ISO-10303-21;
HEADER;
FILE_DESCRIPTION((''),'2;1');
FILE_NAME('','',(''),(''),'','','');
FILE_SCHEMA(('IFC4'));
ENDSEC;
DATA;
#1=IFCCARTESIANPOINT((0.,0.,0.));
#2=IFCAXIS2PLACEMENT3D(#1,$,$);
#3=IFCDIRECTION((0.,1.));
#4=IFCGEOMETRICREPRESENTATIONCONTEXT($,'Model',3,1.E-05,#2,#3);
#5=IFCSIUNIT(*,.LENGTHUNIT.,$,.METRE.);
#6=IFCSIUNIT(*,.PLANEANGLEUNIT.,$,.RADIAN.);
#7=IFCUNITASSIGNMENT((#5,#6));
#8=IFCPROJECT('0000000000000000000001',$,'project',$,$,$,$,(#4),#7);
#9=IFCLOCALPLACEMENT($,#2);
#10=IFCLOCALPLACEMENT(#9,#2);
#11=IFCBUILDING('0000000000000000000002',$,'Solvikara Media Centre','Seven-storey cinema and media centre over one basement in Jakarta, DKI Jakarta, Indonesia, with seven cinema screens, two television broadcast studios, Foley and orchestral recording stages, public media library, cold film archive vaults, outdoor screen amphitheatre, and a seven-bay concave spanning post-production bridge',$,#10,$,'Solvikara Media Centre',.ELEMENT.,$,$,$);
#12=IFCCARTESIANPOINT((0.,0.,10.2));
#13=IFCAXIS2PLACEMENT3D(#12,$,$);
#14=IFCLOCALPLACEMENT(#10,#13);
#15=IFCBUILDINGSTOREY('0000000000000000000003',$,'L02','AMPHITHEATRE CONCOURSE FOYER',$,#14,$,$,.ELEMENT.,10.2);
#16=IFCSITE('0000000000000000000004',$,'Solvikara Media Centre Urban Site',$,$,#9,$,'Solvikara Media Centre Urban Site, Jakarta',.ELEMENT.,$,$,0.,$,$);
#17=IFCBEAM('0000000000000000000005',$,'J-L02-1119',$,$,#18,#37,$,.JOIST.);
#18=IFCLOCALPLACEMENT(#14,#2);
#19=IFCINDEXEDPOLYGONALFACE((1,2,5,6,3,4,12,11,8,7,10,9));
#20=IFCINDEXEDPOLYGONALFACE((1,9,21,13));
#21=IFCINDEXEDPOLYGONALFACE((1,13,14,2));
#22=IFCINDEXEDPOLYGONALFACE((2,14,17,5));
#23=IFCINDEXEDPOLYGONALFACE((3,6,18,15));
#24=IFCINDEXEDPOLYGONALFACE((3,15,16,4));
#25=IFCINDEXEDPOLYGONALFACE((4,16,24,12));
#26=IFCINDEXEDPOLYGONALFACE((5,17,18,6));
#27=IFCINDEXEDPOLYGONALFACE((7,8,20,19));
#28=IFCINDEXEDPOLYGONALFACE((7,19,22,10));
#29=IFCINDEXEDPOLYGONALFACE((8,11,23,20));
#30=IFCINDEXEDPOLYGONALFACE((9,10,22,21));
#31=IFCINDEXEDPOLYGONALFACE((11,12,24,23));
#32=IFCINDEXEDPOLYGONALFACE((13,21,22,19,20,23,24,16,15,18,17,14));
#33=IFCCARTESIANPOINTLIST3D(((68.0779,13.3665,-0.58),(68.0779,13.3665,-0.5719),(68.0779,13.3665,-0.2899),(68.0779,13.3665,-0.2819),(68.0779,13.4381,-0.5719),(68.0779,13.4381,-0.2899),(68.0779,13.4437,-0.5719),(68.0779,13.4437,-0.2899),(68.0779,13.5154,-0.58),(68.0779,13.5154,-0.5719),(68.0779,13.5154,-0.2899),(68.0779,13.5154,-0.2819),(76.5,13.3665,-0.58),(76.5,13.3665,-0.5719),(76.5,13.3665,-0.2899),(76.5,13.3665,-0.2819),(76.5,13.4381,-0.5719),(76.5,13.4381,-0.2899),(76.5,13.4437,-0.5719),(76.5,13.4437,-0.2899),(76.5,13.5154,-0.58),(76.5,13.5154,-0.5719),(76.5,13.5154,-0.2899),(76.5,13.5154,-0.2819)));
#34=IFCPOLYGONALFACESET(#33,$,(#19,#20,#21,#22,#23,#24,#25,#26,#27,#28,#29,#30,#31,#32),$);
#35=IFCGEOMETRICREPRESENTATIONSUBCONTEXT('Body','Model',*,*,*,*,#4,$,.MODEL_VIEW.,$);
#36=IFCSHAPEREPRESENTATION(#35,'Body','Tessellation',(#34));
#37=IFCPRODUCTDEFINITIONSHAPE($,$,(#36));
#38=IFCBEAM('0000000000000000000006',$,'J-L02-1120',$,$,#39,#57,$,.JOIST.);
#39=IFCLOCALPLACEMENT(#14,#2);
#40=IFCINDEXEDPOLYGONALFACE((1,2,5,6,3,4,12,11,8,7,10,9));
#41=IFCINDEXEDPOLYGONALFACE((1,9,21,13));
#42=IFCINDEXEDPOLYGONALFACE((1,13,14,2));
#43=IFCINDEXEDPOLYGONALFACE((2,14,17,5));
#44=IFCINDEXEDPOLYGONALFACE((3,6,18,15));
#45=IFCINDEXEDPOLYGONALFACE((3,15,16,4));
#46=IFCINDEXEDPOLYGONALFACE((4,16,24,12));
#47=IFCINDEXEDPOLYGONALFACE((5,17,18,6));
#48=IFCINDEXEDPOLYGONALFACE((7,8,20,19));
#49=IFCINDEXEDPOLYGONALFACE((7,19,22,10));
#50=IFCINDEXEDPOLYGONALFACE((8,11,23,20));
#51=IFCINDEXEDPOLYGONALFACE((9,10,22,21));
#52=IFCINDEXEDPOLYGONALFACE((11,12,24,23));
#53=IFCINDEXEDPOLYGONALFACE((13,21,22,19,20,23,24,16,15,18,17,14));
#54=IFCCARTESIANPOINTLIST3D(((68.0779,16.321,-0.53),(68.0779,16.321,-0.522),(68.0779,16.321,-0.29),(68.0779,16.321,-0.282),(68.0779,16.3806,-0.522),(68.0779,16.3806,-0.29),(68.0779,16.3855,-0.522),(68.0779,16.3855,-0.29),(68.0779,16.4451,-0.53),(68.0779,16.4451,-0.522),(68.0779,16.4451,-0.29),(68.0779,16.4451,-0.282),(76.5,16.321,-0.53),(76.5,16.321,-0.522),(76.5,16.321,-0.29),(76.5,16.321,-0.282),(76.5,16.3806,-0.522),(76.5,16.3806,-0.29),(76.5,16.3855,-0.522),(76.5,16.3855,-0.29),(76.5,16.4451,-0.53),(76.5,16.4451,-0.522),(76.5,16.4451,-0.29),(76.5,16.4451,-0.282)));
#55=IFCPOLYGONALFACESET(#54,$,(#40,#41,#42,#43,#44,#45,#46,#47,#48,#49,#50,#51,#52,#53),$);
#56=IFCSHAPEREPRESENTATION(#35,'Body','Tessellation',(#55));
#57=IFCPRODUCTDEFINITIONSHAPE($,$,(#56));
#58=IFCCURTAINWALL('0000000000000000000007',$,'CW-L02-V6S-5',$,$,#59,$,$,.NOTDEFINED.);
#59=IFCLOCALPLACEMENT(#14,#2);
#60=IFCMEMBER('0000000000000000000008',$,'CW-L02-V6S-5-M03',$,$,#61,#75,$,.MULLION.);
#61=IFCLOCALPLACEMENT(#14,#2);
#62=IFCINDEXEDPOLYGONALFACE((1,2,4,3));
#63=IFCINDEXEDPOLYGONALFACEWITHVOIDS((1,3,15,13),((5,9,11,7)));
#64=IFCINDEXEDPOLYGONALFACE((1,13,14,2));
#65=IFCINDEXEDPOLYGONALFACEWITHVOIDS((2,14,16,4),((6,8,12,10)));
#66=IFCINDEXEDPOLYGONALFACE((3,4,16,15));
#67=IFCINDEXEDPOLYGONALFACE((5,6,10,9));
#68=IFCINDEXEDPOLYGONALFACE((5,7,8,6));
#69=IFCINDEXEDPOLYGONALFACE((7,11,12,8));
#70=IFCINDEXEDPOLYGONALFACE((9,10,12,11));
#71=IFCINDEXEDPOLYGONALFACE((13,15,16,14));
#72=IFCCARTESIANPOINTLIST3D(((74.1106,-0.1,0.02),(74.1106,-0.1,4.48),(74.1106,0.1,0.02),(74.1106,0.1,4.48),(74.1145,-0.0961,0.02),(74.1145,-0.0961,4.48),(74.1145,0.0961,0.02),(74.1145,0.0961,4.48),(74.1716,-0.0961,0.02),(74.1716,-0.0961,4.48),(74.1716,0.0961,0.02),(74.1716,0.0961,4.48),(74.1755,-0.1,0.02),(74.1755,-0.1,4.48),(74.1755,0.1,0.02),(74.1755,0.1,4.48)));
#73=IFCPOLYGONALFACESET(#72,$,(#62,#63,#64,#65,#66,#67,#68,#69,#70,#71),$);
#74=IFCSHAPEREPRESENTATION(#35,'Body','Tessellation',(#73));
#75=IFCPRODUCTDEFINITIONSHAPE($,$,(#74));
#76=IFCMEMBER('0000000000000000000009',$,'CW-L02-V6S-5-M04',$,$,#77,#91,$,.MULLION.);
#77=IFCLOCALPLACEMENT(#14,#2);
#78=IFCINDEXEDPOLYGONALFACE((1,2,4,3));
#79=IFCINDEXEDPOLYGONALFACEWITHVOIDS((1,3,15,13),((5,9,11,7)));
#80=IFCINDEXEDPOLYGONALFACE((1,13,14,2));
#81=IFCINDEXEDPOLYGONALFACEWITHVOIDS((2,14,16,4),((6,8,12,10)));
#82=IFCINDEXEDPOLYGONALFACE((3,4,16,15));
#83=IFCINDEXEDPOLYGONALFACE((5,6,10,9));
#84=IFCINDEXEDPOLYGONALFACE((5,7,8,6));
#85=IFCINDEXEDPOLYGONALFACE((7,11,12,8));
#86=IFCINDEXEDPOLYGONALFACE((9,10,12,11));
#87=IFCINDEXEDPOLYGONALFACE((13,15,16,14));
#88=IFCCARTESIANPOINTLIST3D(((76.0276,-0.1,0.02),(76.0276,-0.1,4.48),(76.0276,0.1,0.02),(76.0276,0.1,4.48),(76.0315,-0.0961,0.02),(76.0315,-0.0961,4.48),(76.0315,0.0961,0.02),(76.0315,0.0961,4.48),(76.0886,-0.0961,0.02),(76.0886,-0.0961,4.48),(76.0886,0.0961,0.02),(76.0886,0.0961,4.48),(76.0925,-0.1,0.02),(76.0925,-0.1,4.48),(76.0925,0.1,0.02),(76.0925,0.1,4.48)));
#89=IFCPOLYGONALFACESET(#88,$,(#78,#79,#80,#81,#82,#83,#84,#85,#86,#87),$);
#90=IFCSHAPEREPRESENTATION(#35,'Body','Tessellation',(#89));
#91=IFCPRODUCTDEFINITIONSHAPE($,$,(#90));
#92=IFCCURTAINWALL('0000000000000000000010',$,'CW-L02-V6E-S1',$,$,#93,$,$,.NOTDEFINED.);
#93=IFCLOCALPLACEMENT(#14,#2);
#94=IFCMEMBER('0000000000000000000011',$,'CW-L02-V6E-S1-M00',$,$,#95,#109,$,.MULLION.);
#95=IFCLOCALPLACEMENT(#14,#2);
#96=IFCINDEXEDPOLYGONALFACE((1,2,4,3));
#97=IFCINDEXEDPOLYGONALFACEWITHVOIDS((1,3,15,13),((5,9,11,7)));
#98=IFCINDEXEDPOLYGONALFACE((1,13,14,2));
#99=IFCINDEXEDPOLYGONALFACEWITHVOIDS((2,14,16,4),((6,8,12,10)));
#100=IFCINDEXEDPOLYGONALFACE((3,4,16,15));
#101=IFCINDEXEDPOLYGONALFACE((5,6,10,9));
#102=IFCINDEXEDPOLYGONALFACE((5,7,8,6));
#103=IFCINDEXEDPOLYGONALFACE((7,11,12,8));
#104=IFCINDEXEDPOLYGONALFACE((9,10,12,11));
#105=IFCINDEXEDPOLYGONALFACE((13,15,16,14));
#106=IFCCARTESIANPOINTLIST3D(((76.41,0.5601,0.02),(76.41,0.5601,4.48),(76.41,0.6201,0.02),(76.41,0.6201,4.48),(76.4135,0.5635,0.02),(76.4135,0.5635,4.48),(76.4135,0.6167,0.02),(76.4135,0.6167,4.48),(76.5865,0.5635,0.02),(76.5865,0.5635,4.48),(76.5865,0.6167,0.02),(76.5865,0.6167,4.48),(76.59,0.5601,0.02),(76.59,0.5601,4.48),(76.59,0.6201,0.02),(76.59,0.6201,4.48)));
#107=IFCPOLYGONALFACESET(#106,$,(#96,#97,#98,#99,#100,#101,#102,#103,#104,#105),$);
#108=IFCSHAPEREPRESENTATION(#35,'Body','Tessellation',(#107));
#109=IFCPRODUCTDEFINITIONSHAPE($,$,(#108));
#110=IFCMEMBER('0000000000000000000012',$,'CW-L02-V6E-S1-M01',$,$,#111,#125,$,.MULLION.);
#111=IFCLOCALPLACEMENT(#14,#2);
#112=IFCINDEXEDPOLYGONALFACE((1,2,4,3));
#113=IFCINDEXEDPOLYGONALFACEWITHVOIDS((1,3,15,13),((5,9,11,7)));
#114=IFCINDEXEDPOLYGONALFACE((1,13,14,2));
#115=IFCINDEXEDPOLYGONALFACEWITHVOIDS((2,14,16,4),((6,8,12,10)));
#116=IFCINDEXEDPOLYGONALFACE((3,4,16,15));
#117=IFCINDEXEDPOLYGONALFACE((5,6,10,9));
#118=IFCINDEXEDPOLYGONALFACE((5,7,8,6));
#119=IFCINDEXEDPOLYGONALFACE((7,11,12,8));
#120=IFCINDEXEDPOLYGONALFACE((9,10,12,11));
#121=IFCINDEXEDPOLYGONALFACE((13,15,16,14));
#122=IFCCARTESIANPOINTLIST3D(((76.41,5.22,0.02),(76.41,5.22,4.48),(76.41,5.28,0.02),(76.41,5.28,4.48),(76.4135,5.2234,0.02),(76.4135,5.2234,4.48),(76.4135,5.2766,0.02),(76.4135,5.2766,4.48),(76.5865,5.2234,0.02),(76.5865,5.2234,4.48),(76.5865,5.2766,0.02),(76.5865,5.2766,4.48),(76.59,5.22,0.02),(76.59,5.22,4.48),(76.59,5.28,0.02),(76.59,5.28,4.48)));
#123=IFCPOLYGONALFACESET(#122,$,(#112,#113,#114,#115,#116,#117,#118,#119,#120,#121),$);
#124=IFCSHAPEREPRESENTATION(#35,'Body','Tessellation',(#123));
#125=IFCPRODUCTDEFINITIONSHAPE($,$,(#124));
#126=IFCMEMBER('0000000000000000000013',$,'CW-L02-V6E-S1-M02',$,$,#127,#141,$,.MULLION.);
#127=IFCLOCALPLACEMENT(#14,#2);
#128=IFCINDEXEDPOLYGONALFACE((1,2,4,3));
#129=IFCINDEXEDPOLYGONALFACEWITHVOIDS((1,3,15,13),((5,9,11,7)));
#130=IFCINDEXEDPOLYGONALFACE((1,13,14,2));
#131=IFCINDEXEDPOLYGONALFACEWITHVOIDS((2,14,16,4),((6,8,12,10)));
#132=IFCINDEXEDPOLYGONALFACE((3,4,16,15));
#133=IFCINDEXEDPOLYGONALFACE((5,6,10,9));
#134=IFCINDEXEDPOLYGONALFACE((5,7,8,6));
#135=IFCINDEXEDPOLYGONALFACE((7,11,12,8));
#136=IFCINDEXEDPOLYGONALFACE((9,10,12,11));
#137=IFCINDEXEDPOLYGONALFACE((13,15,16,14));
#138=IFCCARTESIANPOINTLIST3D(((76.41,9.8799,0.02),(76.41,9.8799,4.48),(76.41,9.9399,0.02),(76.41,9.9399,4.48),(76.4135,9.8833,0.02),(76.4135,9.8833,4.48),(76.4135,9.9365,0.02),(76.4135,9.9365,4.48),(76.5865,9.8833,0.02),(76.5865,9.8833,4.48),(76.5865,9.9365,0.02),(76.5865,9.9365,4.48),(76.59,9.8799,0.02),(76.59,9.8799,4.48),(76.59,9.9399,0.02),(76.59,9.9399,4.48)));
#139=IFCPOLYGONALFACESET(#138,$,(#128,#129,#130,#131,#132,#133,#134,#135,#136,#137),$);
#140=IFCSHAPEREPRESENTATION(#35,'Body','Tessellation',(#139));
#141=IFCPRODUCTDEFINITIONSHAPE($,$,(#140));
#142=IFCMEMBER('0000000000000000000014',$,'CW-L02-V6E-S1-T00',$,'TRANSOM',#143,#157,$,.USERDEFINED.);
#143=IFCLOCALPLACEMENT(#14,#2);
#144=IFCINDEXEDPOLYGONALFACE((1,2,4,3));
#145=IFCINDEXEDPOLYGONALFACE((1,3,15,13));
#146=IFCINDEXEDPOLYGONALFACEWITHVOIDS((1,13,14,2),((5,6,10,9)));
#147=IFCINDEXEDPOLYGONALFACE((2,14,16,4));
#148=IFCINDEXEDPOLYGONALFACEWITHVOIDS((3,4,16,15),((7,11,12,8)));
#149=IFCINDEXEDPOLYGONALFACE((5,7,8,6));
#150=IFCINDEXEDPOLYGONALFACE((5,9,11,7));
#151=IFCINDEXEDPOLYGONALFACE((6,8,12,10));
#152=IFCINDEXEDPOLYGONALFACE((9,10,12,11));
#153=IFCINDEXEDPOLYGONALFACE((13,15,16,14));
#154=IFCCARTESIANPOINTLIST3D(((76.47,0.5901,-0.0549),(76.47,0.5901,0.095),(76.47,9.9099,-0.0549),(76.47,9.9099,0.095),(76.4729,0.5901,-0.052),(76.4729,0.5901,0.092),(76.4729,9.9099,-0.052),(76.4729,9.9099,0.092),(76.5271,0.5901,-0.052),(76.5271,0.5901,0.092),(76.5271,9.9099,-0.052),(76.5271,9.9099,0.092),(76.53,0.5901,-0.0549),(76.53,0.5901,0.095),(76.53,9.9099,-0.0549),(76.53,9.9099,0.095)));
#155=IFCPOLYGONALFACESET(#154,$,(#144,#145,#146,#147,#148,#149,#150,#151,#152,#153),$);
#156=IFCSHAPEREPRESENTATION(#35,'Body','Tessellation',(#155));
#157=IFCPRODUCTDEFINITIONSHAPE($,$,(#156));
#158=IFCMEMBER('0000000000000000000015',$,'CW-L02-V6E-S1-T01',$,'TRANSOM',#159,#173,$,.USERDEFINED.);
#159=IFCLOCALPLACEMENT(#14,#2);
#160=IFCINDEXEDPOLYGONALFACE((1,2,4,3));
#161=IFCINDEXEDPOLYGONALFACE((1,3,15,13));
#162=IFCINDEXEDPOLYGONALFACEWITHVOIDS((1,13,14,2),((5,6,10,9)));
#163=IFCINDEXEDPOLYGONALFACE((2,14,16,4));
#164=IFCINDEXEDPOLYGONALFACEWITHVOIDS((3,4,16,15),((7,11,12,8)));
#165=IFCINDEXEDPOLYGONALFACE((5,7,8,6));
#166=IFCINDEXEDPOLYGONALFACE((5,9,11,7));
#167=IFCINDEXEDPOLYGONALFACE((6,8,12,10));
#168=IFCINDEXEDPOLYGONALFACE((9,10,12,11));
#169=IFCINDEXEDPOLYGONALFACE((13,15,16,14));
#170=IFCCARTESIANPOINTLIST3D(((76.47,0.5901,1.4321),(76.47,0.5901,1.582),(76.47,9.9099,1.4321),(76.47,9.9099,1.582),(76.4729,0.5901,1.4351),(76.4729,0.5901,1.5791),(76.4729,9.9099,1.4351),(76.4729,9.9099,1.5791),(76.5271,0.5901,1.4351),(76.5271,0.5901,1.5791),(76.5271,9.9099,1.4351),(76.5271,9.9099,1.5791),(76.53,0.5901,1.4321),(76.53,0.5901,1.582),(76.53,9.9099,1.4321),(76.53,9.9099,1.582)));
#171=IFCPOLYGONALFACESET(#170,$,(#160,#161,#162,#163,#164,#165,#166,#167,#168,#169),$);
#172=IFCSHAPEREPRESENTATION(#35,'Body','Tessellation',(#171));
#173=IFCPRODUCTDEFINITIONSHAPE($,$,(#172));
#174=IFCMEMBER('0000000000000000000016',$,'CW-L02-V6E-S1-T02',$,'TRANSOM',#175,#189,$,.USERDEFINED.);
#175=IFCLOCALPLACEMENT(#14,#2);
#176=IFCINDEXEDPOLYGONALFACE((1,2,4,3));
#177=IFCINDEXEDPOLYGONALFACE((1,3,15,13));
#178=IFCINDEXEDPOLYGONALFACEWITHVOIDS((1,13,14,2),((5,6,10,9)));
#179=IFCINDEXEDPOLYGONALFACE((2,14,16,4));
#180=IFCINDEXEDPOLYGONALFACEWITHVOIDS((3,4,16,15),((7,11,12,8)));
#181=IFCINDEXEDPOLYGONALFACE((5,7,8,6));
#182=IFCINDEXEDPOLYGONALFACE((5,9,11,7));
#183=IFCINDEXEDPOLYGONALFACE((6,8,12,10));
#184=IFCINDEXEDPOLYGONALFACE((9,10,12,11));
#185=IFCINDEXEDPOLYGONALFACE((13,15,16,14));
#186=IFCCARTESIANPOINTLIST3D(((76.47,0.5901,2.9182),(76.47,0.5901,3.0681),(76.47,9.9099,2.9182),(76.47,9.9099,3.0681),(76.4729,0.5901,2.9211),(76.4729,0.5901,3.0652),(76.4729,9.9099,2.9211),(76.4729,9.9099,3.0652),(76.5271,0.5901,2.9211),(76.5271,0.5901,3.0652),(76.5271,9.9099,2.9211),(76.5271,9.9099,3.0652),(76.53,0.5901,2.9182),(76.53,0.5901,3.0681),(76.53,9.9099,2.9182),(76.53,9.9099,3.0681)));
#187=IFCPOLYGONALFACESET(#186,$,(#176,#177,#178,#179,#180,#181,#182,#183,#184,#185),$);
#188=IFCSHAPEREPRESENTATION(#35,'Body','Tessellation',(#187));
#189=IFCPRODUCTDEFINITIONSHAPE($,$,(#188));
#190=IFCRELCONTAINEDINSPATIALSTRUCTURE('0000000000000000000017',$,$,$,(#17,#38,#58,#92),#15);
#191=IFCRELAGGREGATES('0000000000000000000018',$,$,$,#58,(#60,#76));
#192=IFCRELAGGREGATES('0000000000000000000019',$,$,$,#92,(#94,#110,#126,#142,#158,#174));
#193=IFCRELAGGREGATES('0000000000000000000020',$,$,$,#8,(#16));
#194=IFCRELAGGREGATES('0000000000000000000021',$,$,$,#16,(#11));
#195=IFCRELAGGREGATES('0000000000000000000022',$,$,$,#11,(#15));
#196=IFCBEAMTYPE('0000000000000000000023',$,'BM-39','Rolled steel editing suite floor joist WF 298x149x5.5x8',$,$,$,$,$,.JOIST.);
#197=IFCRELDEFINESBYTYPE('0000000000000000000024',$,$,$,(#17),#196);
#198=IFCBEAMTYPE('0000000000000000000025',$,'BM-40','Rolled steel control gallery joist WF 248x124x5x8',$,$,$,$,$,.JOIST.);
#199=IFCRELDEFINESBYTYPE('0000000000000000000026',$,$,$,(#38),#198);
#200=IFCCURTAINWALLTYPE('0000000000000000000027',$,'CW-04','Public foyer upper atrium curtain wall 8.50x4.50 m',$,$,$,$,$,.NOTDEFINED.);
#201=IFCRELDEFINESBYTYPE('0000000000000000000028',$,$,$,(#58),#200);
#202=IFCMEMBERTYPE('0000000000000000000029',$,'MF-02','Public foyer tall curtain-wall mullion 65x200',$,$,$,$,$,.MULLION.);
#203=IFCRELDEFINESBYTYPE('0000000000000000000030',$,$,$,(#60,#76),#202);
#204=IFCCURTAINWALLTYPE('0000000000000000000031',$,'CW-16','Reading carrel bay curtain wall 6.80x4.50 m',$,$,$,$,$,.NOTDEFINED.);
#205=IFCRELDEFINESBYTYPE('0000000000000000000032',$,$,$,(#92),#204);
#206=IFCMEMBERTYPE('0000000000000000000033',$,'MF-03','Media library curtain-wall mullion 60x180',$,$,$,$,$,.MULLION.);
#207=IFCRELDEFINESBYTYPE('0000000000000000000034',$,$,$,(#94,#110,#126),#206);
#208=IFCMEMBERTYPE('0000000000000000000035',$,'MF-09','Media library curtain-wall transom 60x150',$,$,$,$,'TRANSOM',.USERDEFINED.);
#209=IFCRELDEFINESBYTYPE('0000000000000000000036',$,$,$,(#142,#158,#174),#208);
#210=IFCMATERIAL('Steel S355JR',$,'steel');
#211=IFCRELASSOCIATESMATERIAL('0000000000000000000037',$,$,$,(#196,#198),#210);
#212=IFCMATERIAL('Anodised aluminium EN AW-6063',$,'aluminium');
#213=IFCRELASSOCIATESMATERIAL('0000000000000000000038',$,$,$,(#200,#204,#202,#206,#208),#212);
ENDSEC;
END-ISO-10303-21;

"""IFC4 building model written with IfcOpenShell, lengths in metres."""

from ifc_helpers import new_model, si_unit, direction, frame, origin, origin_2d, place, context, subcontext, project, spatial, hollow_rectangle, i_section, extrude, material, material_profile, profile_set, type_object, element, aggregate, save


model = new_model("IFC4")

# Units and contexts
model_context = context("Model", 3, precision=1e-05, world=origin(), true_north=direction((0.0, 1.0)))
body_context = subcontext(model_context, "Body", "Model", "MODEL_VIEW")
ifc_project = project(units=[si_unit("LENGTHUNIT", "METRE"), si_unit("PLANEANGLEUNIT", "RADIAN")], contexts=[model_context])

# Site, building, storey
site_placement = place(None, origin())
site = spatial("IfcSite", under=ifc_project, at=site_placement, Name="Solvikara Media Centre Urban Site", LongName="Solvikara Media Centre Urban Site, Jakarta", CompositionType="ELEMENT", RefElevation=0.0)
building_placement = place(site_placement, origin())
building = spatial("IfcBuilding", under=site, at=building_placement, Name="Solvikara Media Centre", Description="Seven-storey cinema and media centre over one basement in Jakarta, DKI Jakarta, Indonesia, with seven cinema screens, two television broadcast studios, Foley and orchestral recording stages, public media library, cold film archive vaults, outdoor screen amphitheatre, and a seven-bay concave spanning post-production bridge", LongName="Solvikara Media Centre", CompositionType="ELEMENT")
storey_placement = place(building_placement, frame((0.0, 0.0, 10.2)))
storey = spatial("IfcBuildingStorey", under=building, at=storey_placement, Name="L02", Description="AMPHITHEATRE CONCOURSE FOYER", CompositionType="ELEMENT", Elevation=10.2)

# Beams
ifc_material_1 = material(Name="Steel S355JR", Category="steel")
ifc_material_profile_1 = material_profile(ifc_material_1, i_section(OverallWidth=0.1489, OverallDepth=0.2981, WebThickness=0.0056, FlangeThickness=0.0081, at=origin_2d()), Name="WF 298x149x5.5x8")
ifc_profile_set_1 = profile_set([ifc_material_profile_1], Name="Steel S355JR")
beam_type_1 = type_object("IfcBeamType", Name="BM-39", Description="Rolled steel editing suite floor joist WF 298x149x5.5x8", PredefinedType="JOIST", material=ifc_profile_set_1)
beam_1_placement = place(storey_placement, frame((68.0779, 13.4409, -0.4309), z_axis=(1.0, 0.0, 0.0), x_axis=(0.0, 1.0, 0.0)))
element("IfcBeam", 1, at=beam_1_placement, inside=storey, type_object=beam_type_1, Name="J-L02-1119", PredefinedType="JOIST", context=body_context, shape_type="SweptSolid", body=[
    extrude(i_section(OverallWidth=0.1489, OverallDepth=0.2981, WebThickness=0.0056, FlangeThickness=0.0081, at=origin_2d()), origin(), (0.0, 0.0, 1.0), 8.4221),
])
ifc_material_profile_2 = material_profile(ifc_material_1, i_section(OverallWidth=0.124, OverallDepth=0.248, WebThickness=0.0049, FlangeThickness=0.0081, at=origin_2d()), Name="WF 248x124x5x8")
ifc_profile_set_2 = profile_set([ifc_material_profile_2], Name="Steel S355JR")
beam_type_2 = type_object("IfcBeamType", Name="BM-40", Description="Rolled steel control gallery joist WF 248x124x5x8", PredefinedType="JOIST", material=ifc_profile_set_2)
beam_2_placement = place(storey_placement, frame((68.0779, 16.3831, -0.406), z_axis=(1.0, 0.0, 0.0), x_axis=(0.0, 1.0, 0.0)))
element("IfcBeam", 2, at=beam_2_placement, inside=storey, type_object=beam_type_2, Name="J-L02-1120", PredefinedType="JOIST", context=body_context, shape_type="SweptSolid", body=[
    extrude(i_section(OverallWidth=0.124, OverallDepth=0.248, WebThickness=0.0049, FlangeThickness=0.0081, at=origin_2d()), origin(), (0.0, 0.0, 1.0), 8.4221),
])

# Curtain walls, members
ifc_material_2 = material(Name="Anodised aluminium EN AW-6063", Category="aluminium")
curtain_wall_type_1 = type_object("IfcCurtainWallType", Name="CW-04", Description="Public foyer upper atrium curtain wall 8.50x4.50 m", PredefinedType="NOTDEFINED", material=ifc_material_2)
curtain_wall_1_placement = place(storey_placement, origin())
curtain_wall_1 = element("IfcCurtainWall", 3, at=curtain_wall_1_placement, inside=storey, type_object=curtain_wall_type_1, Name="CW-L02-V6S-5", PredefinedType="NOTDEFINED")
ifc_material_profile_3 = material_profile(ifc_material_2, hollow_rectangle(XDim=0.0649, YDim=0.2, WallThickness=0.0039, at=origin_2d()), Name="ALU-M 65x200x4")
ifc_profile_set_3 = profile_set([ifc_material_profile_3], Name="Anodised aluminium EN AW-6063")
member_type_1 = type_object("IfcMemberType", Name="MF-02", Description="Public foyer tall curtain-wall mullion 65x200", PredefinedType="MULLION", material=ifc_profile_set_3)
member_1_placement = place(storey_placement, frame((74.1431, 0.0, 0.02), z_axis=(0.0, 0.0, 1.0), x_axis=(1.0, 0.0, 0.0)))
member_1 = element("IfcMember", 4, at=member_1_placement, type_object=member_type_1, Name="CW-L02-V6S-5-M03", PredefinedType="MULLION", context=body_context, shape_type="SweptSolid", body=[
    extrude(hollow_rectangle(XDim=0.0649, YDim=0.2, WallThickness=0.0039, at=origin_2d()), origin(), (0.0, 0.0, 1.0), 4.46),
])
member_2_placement = place(storey_placement, frame((76.0601, 0.0, 0.02), z_axis=(0.0, 0.0, 1.0), x_axis=(1.0, 0.0, 0.0)))
member_2 = element("IfcMember", 5, at=member_2_placement, type_object=member_type_1, Name="CW-L02-V6S-5-M04", PredefinedType="MULLION", context=body_context, shape_type="SweptSolid", body=[
    extrude(hollow_rectangle(XDim=0.0649, YDim=0.2, WallThickness=0.0039, at=origin_2d()), origin(), (0.0, 0.0, 1.0), 4.46),
])
curtain_wall_type_2 = type_object("IfcCurtainWallType", Name="CW-16", Description="Reading carrel bay curtain wall 6.80x4.50 m", PredefinedType="NOTDEFINED", material=ifc_material_2)
curtain_wall_2_placement = place(storey_placement, origin())
curtain_wall_2 = element("IfcCurtainWall", 6, at=curtain_wall_2_placement, inside=storey, type_object=curtain_wall_type_2, Name="CW-L02-V6E-S1", PredefinedType="NOTDEFINED")
ifc_material_profile_4 = material_profile(ifc_material_2, hollow_rectangle(XDim=0.0601, YDim=0.1799, WallThickness=0.0034, at=origin_2d()), Name="ALU-M 60x180x3.5")
ifc_profile_set_4 = profile_set([ifc_material_profile_4], Name="Anodised aluminium EN AW-6063")
member_type_2 = type_object("IfcMemberType", Name="MF-03", Description="Media library curtain-wall mullion 60x180", PredefinedType="MULLION", material=ifc_profile_set_4)
member_3_placement = place(storey_placement, frame((76.5, 0.5901, 0.02), z_axis=(0.0, 0.0, 1.0), x_axis=(0.0, 1.0, 0.0)))
member_3 = element("IfcMember", 7, at=member_3_placement, type_object=member_type_2, Name="CW-L02-V6E-S1-M00", PredefinedType="MULLION", context=body_context, shape_type="SweptSolid", body=[
    extrude(hollow_rectangle(XDim=0.0601, YDim=0.1799, WallThickness=0.0034, at=origin_2d()), origin(), (0.0, 0.0, 1.0), 4.46),
])
member_4_placement = place(storey_placement, frame((76.5, 5.25, 0.02), z_axis=(0.0, 0.0, 1.0), x_axis=(0.0, 1.0, 0.0)))
member_4 = element("IfcMember", 8, at=member_4_placement, type_object=member_type_2, Name="CW-L02-V6E-S1-M01", PredefinedType="MULLION", context=body_context, shape_type="SweptSolid", body=[
    extrude(hollow_rectangle(XDim=0.0601, YDim=0.1799, WallThickness=0.0034, at=origin_2d()), origin(), (0.0, 0.0, 1.0), 4.46),
])
member_5_placement = place(storey_placement, frame((76.5, 9.9099, 0.02), z_axis=(0.0, 0.0, 1.0), x_axis=(0.0, 1.0, 0.0)))
member_5 = element("IfcMember", 9, at=member_5_placement, type_object=member_type_2, Name="CW-L02-V6E-S1-M02", PredefinedType="MULLION", context=body_context, shape_type="SweptSolid", body=[
    extrude(hollow_rectangle(XDim=0.0601, YDim=0.1799, WallThickness=0.0034, at=origin_2d()), origin(), (0.0, 0.0, 1.0), 4.46),
])
ifc_material_profile_5 = material_profile(ifc_material_2, hollow_rectangle(XDim=0.0601, YDim=0.1499, WallThickness=0.0029, at=origin_2d()), Name="ALU-T 60x150x3")
ifc_profile_set_5 = profile_set([ifc_material_profile_5], Name="Anodised aluminium EN AW-6063")
member_type_3 = type_object("IfcMemberType", Name="MF-09", Description="Media library curtain-wall transom 60x150", ElementType="TRANSOM", PredefinedType="USERDEFINED", material=ifc_profile_set_5)
member_6_placement = place(storey_placement, frame((76.5, 0.5901, 0.02), z_axis=(0.0, 1.0, 0.0), x_axis=(-1.0, 0.0, 0.0)))
member_6 = element("IfcMember", 10, at=member_6_placement, type_object=member_type_3, Name="CW-L02-V6E-S1-T00", ObjectType="TRANSOM", PredefinedType="USERDEFINED", context=body_context, shape_type="SweptSolid", body=[
    extrude(hollow_rectangle(XDim=0.0601, YDim=0.1499, WallThickness=0.0029, at=origin_2d()), origin(), (0.0, 0.0, 1.0), 9.3198),
])
member_7_placement = place(storey_placement, frame((76.5, 0.5901, 1.5071), z_axis=(0.0, 1.0, 0.0), x_axis=(-1.0, 0.0, 0.0)))
member_7 = element("IfcMember", 11, at=member_7_placement, type_object=member_type_3, Name="CW-L02-V6E-S1-T01", ObjectType="TRANSOM", PredefinedType="USERDEFINED", context=body_context, shape_type="SweptSolid", body=[
    extrude(hollow_rectangle(XDim=0.0601, YDim=0.1499, WallThickness=0.0029, at=origin_2d()), origin(), (0.0, 0.0, 1.0), 9.3198),
])
member_8_placement = place(storey_placement, frame((76.5, 0.5901, 2.9932), z_axis=(0.0, 1.0, 0.0), x_axis=(-1.0, 0.0, 0.0)))
member_8 = element("IfcMember", 12, at=member_8_placement, type_object=member_type_3, Name="CW-L02-V6E-S1-T02", ObjectType="TRANSOM", PredefinedType="USERDEFINED", context=body_context, shape_type="SweptSolid", body=[
    extrude(hollow_rectangle(XDim=0.0601, YDim=0.1499, WallThickness=0.0029, at=origin_2d()), origin(), (0.0, 0.0, 1.0), 9.3198),
])

aggregate(curtain_wall_1, [member_1, member_2])
aggregate(curtain_wall_2, [member_3, member_4, member_5, member_6, member_7, member_8])

save(model, "model.ifc")
